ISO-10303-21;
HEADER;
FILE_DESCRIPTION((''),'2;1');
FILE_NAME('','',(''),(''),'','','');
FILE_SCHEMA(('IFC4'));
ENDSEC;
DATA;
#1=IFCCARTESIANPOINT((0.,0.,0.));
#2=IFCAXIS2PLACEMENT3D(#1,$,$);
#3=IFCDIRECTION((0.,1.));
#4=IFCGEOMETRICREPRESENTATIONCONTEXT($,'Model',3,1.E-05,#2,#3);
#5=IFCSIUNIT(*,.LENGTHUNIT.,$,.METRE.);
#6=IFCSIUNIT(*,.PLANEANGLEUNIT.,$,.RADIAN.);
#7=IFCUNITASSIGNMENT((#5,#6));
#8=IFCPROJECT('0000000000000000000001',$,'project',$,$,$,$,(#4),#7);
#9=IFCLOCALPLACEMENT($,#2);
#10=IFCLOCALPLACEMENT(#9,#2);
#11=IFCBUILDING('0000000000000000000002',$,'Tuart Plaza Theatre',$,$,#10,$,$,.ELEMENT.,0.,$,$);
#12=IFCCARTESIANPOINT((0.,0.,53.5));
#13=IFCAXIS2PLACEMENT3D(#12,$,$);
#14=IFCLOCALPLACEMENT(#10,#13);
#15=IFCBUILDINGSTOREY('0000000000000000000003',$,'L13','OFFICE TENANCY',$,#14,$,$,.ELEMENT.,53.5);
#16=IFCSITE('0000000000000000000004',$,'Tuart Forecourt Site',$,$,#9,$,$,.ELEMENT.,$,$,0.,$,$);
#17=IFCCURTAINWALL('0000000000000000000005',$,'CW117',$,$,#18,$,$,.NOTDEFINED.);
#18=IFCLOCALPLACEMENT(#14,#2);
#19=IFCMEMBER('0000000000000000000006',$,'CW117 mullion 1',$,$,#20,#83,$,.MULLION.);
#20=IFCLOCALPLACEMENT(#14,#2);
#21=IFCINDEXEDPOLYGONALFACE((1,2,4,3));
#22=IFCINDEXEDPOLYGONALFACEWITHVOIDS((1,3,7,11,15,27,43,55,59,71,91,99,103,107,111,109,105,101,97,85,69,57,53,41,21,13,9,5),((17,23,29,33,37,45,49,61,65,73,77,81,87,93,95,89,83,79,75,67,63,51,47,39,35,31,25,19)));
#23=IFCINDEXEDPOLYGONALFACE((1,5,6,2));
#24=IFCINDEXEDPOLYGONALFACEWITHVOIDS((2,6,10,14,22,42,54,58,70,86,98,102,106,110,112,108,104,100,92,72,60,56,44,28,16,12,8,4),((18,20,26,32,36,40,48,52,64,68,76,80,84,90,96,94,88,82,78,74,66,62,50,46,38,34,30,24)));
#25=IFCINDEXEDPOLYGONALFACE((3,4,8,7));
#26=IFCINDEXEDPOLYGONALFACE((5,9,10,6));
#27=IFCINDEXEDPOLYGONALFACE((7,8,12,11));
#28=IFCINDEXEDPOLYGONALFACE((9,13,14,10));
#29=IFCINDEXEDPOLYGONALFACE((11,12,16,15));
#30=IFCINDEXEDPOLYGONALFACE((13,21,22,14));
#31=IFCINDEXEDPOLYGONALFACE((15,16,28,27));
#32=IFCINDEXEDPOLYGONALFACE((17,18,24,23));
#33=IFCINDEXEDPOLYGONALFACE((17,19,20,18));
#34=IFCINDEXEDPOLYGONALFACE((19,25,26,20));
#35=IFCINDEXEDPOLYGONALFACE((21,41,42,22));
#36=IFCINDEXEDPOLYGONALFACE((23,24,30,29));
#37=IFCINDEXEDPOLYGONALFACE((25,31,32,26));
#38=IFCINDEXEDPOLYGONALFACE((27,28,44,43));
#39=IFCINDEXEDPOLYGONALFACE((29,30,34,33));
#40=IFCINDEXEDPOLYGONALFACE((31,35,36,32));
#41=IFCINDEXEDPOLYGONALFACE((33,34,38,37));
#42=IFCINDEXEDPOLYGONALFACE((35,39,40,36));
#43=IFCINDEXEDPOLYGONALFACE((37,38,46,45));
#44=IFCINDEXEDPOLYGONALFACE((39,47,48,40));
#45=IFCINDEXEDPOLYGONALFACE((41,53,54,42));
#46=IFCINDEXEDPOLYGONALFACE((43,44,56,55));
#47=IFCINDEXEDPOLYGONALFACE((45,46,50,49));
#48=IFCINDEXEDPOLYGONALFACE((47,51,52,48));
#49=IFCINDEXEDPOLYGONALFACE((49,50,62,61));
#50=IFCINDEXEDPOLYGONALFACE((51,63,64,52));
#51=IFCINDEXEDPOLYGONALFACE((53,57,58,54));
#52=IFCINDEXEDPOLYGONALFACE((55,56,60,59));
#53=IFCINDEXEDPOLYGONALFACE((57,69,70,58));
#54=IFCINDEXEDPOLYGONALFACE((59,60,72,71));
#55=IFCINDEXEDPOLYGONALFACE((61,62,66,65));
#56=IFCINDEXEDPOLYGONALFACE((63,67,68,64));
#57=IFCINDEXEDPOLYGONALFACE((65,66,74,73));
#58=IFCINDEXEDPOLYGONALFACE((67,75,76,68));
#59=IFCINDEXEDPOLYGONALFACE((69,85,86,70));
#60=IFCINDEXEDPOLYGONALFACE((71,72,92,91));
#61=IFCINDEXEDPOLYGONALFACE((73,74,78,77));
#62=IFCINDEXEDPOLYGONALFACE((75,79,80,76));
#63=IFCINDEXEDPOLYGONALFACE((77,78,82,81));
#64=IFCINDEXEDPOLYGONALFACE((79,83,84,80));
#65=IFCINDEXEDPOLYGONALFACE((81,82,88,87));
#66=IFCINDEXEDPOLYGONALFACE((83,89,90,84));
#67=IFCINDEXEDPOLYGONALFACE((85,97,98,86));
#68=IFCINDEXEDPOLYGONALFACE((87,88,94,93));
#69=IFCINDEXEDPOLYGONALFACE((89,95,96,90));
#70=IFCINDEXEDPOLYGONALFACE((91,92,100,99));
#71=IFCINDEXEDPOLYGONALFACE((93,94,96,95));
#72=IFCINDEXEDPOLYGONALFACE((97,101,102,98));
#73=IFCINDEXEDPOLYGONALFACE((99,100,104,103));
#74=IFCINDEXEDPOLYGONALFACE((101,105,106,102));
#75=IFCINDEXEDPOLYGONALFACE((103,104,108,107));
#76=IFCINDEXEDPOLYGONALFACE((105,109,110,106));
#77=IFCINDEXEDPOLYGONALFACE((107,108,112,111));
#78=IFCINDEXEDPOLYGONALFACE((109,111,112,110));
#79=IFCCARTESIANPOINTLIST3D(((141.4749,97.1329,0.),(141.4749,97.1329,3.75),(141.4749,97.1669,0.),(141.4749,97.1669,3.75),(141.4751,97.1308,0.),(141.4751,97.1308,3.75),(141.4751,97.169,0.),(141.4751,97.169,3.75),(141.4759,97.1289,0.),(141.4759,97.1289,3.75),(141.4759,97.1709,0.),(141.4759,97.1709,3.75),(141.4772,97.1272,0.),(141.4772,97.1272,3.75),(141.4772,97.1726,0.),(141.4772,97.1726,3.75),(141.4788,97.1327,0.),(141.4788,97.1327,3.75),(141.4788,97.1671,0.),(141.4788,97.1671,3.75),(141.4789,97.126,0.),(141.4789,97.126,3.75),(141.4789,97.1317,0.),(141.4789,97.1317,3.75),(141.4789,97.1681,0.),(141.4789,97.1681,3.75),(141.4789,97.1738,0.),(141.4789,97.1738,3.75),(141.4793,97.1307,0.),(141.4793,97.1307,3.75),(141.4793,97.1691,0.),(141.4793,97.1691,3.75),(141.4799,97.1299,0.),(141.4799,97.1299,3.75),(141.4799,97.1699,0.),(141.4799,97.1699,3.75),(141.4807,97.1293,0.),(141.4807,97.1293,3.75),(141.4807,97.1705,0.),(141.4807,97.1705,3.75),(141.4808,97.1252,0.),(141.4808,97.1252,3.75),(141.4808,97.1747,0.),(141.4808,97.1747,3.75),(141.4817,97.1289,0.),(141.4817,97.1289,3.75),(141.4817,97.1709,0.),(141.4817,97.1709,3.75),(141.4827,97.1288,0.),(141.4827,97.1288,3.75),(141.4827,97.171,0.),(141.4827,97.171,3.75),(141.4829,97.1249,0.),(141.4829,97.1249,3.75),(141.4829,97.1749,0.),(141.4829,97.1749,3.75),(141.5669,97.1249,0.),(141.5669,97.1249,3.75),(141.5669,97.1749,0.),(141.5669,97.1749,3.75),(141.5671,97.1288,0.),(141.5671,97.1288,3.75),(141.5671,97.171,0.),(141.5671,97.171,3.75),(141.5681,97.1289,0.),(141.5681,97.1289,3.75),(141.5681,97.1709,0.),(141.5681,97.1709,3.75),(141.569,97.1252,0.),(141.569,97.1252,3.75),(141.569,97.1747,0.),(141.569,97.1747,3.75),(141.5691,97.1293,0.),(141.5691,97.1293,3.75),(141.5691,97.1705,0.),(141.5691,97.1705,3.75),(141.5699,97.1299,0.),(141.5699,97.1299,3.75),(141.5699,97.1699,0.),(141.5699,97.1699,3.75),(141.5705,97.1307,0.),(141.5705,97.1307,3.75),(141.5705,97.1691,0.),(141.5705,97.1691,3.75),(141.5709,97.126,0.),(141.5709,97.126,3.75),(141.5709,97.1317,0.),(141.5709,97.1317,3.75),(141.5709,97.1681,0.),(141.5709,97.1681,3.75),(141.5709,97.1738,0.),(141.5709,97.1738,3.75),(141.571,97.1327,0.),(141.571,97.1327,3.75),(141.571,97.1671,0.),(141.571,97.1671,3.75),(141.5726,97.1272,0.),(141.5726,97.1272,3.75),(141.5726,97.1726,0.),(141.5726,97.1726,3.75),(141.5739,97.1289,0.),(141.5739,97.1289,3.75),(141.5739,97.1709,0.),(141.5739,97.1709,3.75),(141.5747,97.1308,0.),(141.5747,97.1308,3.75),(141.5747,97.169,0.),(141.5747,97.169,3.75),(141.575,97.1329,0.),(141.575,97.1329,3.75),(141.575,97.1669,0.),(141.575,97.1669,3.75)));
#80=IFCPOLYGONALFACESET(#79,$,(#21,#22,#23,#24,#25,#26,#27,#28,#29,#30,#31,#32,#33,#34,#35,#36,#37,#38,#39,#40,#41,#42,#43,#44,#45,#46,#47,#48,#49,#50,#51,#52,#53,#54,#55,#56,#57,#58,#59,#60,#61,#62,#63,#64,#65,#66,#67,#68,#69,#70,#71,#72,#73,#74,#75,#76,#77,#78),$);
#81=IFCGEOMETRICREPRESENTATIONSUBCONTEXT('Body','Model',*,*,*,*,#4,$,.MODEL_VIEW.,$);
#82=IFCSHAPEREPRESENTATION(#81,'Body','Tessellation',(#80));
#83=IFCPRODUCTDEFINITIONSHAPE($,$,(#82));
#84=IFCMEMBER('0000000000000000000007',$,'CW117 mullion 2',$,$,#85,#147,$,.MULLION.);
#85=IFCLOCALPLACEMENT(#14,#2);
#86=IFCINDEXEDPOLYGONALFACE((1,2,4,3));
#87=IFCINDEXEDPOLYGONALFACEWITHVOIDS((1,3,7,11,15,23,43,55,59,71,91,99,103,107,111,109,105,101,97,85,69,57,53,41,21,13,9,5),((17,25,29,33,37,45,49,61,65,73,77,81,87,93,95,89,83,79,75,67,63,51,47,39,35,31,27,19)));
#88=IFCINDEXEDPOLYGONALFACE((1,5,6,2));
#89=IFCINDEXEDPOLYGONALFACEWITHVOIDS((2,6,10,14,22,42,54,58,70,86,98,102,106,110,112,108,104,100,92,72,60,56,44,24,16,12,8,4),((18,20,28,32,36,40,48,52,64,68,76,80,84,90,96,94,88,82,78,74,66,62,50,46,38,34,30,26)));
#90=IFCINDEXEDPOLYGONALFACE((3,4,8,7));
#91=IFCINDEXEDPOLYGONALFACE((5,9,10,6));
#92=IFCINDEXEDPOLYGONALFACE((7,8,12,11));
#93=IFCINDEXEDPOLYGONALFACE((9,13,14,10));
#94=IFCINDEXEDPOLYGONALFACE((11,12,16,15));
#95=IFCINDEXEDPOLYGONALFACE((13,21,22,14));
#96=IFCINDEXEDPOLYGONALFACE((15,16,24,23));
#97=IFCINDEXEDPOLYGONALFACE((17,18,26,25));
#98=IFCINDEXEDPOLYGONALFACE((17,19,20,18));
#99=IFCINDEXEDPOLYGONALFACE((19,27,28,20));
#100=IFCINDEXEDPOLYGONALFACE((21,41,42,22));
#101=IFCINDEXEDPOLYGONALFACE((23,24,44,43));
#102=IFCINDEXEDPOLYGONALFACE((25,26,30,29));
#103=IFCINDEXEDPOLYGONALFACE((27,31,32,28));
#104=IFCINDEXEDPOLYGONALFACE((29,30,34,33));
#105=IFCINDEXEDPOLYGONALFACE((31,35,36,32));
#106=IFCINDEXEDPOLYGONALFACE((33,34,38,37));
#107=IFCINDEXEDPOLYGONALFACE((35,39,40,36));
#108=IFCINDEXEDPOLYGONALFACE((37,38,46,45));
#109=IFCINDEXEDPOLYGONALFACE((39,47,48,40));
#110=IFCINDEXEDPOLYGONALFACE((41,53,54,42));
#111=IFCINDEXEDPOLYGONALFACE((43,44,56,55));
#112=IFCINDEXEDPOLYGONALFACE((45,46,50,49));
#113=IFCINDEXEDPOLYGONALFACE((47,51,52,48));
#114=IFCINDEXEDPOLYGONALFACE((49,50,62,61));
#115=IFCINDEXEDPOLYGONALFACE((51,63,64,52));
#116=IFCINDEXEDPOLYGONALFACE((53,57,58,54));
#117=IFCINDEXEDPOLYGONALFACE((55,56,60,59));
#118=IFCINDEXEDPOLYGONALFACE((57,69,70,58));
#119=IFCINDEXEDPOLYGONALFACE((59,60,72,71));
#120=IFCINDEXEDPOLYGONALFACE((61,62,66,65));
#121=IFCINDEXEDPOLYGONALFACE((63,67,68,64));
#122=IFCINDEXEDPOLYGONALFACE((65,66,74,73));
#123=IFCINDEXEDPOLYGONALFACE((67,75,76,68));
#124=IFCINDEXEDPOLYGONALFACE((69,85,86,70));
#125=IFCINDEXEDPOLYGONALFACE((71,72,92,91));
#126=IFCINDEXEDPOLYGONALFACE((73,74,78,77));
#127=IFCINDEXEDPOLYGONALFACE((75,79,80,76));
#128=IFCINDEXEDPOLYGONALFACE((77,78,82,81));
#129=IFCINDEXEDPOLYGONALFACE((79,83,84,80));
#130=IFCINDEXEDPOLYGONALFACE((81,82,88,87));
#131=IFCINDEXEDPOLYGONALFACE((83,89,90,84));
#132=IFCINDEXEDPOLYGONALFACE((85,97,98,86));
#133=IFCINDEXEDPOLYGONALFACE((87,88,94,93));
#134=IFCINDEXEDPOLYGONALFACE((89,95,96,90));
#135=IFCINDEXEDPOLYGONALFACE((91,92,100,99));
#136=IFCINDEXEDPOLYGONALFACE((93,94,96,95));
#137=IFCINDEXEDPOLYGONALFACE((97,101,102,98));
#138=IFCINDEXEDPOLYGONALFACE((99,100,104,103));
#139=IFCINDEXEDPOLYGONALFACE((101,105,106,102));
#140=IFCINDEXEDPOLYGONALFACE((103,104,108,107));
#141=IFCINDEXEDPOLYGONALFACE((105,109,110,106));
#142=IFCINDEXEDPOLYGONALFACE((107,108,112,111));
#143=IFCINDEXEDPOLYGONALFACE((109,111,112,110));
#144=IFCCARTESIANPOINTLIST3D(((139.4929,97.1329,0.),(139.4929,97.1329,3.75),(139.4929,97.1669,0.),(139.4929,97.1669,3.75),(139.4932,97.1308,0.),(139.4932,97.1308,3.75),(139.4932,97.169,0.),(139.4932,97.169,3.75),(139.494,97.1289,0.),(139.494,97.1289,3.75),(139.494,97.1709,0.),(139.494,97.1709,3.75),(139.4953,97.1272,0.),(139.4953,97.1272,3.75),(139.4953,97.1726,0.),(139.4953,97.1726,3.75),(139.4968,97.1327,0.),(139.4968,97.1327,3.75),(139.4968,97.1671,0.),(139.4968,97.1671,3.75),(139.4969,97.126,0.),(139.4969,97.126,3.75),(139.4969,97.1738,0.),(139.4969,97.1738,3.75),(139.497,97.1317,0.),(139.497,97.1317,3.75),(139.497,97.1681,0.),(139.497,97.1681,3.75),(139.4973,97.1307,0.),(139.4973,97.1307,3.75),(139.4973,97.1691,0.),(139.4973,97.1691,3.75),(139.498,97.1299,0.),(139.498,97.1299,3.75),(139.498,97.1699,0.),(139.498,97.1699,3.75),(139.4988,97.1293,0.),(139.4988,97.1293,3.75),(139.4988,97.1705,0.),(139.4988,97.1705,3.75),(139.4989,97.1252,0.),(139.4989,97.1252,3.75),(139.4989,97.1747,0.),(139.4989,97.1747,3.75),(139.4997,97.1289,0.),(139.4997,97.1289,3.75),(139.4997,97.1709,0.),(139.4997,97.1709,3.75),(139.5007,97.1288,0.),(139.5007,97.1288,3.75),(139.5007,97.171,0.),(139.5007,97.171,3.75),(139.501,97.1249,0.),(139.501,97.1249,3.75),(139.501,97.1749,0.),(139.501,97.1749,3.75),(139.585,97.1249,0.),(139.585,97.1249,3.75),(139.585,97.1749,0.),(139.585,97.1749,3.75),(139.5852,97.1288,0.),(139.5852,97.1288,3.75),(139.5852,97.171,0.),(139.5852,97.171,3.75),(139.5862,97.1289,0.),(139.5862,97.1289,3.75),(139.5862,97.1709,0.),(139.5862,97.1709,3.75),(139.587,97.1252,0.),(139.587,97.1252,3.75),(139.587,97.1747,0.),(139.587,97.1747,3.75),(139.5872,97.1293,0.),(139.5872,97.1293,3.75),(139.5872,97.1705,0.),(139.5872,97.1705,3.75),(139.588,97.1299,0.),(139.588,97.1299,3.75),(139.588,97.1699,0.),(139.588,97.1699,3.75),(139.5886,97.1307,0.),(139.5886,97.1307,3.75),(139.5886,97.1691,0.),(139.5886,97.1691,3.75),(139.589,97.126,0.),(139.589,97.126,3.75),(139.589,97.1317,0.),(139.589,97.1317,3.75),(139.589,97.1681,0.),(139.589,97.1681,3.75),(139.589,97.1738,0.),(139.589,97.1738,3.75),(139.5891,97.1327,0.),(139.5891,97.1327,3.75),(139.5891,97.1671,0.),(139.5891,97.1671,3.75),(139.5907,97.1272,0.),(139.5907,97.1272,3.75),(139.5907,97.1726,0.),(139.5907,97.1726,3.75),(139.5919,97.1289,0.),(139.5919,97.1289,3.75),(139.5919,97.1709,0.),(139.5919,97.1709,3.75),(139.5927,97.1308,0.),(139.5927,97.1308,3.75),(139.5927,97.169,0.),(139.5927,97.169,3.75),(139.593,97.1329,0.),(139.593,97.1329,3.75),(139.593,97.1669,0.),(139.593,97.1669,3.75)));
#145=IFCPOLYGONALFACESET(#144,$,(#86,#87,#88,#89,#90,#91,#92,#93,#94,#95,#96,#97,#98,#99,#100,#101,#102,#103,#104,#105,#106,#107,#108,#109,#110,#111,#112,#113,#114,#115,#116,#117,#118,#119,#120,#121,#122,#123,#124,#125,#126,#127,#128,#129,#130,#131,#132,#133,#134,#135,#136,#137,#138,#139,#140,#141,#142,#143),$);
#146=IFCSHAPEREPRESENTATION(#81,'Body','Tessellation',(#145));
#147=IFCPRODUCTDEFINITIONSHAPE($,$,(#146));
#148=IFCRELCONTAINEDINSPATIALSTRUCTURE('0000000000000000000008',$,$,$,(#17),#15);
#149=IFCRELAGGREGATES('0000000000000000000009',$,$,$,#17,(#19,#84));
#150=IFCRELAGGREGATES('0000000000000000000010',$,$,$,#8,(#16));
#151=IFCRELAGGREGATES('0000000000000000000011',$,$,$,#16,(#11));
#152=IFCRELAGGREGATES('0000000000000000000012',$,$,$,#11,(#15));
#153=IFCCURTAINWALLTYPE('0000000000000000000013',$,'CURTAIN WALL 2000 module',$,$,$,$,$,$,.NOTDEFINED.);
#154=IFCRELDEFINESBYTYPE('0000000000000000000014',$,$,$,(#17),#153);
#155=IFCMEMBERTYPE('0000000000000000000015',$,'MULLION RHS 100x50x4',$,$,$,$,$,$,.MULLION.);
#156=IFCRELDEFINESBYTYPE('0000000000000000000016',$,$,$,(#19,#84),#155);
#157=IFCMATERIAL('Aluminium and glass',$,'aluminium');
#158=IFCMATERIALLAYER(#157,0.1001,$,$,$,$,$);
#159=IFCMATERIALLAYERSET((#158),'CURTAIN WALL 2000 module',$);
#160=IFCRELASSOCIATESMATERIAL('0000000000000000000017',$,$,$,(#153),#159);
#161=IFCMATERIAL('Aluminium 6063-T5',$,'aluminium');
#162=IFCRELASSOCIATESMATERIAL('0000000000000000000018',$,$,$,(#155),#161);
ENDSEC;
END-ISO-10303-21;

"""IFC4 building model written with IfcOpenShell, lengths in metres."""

from ifc_helpers import new_model, si_unit, direction, frame, origin, origin_2d, place, context, subcontext, project, spatial, hollow_rectangle, extrude, material, layer, layer_set, material_profile, profile_set, type_object, element, aggregate, save


model = new_model("IFC4")

# Units and contexts
model_context = context("Model", 3, precision=1e-05, world=origin(), true_north=direction((0.0, 1.0)))
body_context = subcontext(model_context, "Body", "Model", "MODEL_VIEW")
ifc_project = project(units=[si_unit("LENGTHUNIT", "METRE"), si_unit("PLANEANGLEUNIT", "RADIAN")], contexts=[model_context])

# Site, building, storey
site_placement = place(None, origin())
site = spatial("IfcSite", under=ifc_project, at=site_placement, Name="Tuart Forecourt Site", CompositionType="ELEMENT", RefElevation=0.0)
building_placement = place(site_placement, origin())
building = spatial("IfcBuilding", under=site, at=building_placement, Name="Tuart Plaza Theatre", CompositionType="ELEMENT", ElevationOfRefHeight=0.0)
storey_placement = place(building_placement, frame((0.0, 0.0, 53.5)))
storey = spatial("IfcBuildingStorey", under=building, at=storey_placement, Name="L13", Description="OFFICE TENANCY", CompositionType="ELEMENT", Elevation=53.5)

# Curtain wall, members
ifc_material_1 = material(Name="Aluminium and glass", Category="aluminium")
ifc_layer_1 = layer(ifc_material_1, 0.1001)
ifc_layer_set_1 = layer_set([ifc_layer_1], Name="CURTAIN WALL 2000 module")
curtain_wall_type = type_object("IfcCurtainWallType", Name="CURTAIN WALL 2000 module", PredefinedType="NOTDEFINED", material=ifc_layer_set_1)
ifc_material_2 = material(Name="Aluminium 6063-T5", Category="aluminium")
ifc_material_profile_1 = material_profile(ifc_material_2, hollow_rectangle(XDim=0.05, YDim=0.1001, WallThickness=0.0039, InnerFilletRadius=0.0039, OuterFilletRadius=0.0081, at=origin_2d()), Name="RHS 100x50x4")
ifc_profile_set_1 = profile_set([ifc_material_profile_1], Name="Aluminium 6063-T5")
member_type_1 = type_object("IfcMemberType", Name="MULLION RHS 100x50x4", PredefinedType="MULLION", material=ifc_profile_set_1)
curtain_wall_1_placement = place(storey_placement, origin())
curtain_wall_1 = element("IfcCurtainWall", 1, at=curtain_wall_1_placement, inside=storey, type_object=curtain_wall_type, Name="CW117", PredefinedType="NOTDEFINED")
member_1_placement = place(storey_placement, frame((141.5249, 97.1499, 0.0), z_axis=(0.0, 0.0, 1.0), x_axis=(0.0, -1.0, 0.0)))
member_1 = element("IfcMember", 2, at=member_1_placement, type_object=member_type_1, Name="CW117 mullion 1", PredefinedType="MULLION", context=body_context, shape_type="SweptSolid", body=[
    extrude(hollow_rectangle(XDim=0.05, YDim=0.1001, WallThickness=0.0039, InnerFilletRadius=0.0039, OuterFilletRadius=0.0081, at=origin_2d()), origin(), (0.0, 0.0, 1.0), 3.75),
])
member_2_placement = place(storey_placement, frame((139.543, 97.1499, 0.0), z_axis=(0.0, 0.0, 1.0), x_axis=(0.0, -1.0, 0.0)))
member_2 = element("IfcMember", 3, at=member_2_placement, type_object=member_type_1, Name="CW117 mullion 2", PredefinedType="MULLION", context=body_context, shape_type="SweptSolid", body=[
    extrude(hollow_rectangle(XDim=0.05, YDim=0.1001, WallThickness=0.0039, InnerFilletRadius=0.0039, OuterFilletRadius=0.0081, at=origin_2d()), origin(), (0.0, 0.0, 1.0), 3.75),
])

aggregate(curtain_wall_1, [member_1, member_2])

save(model, "model.ifc")
